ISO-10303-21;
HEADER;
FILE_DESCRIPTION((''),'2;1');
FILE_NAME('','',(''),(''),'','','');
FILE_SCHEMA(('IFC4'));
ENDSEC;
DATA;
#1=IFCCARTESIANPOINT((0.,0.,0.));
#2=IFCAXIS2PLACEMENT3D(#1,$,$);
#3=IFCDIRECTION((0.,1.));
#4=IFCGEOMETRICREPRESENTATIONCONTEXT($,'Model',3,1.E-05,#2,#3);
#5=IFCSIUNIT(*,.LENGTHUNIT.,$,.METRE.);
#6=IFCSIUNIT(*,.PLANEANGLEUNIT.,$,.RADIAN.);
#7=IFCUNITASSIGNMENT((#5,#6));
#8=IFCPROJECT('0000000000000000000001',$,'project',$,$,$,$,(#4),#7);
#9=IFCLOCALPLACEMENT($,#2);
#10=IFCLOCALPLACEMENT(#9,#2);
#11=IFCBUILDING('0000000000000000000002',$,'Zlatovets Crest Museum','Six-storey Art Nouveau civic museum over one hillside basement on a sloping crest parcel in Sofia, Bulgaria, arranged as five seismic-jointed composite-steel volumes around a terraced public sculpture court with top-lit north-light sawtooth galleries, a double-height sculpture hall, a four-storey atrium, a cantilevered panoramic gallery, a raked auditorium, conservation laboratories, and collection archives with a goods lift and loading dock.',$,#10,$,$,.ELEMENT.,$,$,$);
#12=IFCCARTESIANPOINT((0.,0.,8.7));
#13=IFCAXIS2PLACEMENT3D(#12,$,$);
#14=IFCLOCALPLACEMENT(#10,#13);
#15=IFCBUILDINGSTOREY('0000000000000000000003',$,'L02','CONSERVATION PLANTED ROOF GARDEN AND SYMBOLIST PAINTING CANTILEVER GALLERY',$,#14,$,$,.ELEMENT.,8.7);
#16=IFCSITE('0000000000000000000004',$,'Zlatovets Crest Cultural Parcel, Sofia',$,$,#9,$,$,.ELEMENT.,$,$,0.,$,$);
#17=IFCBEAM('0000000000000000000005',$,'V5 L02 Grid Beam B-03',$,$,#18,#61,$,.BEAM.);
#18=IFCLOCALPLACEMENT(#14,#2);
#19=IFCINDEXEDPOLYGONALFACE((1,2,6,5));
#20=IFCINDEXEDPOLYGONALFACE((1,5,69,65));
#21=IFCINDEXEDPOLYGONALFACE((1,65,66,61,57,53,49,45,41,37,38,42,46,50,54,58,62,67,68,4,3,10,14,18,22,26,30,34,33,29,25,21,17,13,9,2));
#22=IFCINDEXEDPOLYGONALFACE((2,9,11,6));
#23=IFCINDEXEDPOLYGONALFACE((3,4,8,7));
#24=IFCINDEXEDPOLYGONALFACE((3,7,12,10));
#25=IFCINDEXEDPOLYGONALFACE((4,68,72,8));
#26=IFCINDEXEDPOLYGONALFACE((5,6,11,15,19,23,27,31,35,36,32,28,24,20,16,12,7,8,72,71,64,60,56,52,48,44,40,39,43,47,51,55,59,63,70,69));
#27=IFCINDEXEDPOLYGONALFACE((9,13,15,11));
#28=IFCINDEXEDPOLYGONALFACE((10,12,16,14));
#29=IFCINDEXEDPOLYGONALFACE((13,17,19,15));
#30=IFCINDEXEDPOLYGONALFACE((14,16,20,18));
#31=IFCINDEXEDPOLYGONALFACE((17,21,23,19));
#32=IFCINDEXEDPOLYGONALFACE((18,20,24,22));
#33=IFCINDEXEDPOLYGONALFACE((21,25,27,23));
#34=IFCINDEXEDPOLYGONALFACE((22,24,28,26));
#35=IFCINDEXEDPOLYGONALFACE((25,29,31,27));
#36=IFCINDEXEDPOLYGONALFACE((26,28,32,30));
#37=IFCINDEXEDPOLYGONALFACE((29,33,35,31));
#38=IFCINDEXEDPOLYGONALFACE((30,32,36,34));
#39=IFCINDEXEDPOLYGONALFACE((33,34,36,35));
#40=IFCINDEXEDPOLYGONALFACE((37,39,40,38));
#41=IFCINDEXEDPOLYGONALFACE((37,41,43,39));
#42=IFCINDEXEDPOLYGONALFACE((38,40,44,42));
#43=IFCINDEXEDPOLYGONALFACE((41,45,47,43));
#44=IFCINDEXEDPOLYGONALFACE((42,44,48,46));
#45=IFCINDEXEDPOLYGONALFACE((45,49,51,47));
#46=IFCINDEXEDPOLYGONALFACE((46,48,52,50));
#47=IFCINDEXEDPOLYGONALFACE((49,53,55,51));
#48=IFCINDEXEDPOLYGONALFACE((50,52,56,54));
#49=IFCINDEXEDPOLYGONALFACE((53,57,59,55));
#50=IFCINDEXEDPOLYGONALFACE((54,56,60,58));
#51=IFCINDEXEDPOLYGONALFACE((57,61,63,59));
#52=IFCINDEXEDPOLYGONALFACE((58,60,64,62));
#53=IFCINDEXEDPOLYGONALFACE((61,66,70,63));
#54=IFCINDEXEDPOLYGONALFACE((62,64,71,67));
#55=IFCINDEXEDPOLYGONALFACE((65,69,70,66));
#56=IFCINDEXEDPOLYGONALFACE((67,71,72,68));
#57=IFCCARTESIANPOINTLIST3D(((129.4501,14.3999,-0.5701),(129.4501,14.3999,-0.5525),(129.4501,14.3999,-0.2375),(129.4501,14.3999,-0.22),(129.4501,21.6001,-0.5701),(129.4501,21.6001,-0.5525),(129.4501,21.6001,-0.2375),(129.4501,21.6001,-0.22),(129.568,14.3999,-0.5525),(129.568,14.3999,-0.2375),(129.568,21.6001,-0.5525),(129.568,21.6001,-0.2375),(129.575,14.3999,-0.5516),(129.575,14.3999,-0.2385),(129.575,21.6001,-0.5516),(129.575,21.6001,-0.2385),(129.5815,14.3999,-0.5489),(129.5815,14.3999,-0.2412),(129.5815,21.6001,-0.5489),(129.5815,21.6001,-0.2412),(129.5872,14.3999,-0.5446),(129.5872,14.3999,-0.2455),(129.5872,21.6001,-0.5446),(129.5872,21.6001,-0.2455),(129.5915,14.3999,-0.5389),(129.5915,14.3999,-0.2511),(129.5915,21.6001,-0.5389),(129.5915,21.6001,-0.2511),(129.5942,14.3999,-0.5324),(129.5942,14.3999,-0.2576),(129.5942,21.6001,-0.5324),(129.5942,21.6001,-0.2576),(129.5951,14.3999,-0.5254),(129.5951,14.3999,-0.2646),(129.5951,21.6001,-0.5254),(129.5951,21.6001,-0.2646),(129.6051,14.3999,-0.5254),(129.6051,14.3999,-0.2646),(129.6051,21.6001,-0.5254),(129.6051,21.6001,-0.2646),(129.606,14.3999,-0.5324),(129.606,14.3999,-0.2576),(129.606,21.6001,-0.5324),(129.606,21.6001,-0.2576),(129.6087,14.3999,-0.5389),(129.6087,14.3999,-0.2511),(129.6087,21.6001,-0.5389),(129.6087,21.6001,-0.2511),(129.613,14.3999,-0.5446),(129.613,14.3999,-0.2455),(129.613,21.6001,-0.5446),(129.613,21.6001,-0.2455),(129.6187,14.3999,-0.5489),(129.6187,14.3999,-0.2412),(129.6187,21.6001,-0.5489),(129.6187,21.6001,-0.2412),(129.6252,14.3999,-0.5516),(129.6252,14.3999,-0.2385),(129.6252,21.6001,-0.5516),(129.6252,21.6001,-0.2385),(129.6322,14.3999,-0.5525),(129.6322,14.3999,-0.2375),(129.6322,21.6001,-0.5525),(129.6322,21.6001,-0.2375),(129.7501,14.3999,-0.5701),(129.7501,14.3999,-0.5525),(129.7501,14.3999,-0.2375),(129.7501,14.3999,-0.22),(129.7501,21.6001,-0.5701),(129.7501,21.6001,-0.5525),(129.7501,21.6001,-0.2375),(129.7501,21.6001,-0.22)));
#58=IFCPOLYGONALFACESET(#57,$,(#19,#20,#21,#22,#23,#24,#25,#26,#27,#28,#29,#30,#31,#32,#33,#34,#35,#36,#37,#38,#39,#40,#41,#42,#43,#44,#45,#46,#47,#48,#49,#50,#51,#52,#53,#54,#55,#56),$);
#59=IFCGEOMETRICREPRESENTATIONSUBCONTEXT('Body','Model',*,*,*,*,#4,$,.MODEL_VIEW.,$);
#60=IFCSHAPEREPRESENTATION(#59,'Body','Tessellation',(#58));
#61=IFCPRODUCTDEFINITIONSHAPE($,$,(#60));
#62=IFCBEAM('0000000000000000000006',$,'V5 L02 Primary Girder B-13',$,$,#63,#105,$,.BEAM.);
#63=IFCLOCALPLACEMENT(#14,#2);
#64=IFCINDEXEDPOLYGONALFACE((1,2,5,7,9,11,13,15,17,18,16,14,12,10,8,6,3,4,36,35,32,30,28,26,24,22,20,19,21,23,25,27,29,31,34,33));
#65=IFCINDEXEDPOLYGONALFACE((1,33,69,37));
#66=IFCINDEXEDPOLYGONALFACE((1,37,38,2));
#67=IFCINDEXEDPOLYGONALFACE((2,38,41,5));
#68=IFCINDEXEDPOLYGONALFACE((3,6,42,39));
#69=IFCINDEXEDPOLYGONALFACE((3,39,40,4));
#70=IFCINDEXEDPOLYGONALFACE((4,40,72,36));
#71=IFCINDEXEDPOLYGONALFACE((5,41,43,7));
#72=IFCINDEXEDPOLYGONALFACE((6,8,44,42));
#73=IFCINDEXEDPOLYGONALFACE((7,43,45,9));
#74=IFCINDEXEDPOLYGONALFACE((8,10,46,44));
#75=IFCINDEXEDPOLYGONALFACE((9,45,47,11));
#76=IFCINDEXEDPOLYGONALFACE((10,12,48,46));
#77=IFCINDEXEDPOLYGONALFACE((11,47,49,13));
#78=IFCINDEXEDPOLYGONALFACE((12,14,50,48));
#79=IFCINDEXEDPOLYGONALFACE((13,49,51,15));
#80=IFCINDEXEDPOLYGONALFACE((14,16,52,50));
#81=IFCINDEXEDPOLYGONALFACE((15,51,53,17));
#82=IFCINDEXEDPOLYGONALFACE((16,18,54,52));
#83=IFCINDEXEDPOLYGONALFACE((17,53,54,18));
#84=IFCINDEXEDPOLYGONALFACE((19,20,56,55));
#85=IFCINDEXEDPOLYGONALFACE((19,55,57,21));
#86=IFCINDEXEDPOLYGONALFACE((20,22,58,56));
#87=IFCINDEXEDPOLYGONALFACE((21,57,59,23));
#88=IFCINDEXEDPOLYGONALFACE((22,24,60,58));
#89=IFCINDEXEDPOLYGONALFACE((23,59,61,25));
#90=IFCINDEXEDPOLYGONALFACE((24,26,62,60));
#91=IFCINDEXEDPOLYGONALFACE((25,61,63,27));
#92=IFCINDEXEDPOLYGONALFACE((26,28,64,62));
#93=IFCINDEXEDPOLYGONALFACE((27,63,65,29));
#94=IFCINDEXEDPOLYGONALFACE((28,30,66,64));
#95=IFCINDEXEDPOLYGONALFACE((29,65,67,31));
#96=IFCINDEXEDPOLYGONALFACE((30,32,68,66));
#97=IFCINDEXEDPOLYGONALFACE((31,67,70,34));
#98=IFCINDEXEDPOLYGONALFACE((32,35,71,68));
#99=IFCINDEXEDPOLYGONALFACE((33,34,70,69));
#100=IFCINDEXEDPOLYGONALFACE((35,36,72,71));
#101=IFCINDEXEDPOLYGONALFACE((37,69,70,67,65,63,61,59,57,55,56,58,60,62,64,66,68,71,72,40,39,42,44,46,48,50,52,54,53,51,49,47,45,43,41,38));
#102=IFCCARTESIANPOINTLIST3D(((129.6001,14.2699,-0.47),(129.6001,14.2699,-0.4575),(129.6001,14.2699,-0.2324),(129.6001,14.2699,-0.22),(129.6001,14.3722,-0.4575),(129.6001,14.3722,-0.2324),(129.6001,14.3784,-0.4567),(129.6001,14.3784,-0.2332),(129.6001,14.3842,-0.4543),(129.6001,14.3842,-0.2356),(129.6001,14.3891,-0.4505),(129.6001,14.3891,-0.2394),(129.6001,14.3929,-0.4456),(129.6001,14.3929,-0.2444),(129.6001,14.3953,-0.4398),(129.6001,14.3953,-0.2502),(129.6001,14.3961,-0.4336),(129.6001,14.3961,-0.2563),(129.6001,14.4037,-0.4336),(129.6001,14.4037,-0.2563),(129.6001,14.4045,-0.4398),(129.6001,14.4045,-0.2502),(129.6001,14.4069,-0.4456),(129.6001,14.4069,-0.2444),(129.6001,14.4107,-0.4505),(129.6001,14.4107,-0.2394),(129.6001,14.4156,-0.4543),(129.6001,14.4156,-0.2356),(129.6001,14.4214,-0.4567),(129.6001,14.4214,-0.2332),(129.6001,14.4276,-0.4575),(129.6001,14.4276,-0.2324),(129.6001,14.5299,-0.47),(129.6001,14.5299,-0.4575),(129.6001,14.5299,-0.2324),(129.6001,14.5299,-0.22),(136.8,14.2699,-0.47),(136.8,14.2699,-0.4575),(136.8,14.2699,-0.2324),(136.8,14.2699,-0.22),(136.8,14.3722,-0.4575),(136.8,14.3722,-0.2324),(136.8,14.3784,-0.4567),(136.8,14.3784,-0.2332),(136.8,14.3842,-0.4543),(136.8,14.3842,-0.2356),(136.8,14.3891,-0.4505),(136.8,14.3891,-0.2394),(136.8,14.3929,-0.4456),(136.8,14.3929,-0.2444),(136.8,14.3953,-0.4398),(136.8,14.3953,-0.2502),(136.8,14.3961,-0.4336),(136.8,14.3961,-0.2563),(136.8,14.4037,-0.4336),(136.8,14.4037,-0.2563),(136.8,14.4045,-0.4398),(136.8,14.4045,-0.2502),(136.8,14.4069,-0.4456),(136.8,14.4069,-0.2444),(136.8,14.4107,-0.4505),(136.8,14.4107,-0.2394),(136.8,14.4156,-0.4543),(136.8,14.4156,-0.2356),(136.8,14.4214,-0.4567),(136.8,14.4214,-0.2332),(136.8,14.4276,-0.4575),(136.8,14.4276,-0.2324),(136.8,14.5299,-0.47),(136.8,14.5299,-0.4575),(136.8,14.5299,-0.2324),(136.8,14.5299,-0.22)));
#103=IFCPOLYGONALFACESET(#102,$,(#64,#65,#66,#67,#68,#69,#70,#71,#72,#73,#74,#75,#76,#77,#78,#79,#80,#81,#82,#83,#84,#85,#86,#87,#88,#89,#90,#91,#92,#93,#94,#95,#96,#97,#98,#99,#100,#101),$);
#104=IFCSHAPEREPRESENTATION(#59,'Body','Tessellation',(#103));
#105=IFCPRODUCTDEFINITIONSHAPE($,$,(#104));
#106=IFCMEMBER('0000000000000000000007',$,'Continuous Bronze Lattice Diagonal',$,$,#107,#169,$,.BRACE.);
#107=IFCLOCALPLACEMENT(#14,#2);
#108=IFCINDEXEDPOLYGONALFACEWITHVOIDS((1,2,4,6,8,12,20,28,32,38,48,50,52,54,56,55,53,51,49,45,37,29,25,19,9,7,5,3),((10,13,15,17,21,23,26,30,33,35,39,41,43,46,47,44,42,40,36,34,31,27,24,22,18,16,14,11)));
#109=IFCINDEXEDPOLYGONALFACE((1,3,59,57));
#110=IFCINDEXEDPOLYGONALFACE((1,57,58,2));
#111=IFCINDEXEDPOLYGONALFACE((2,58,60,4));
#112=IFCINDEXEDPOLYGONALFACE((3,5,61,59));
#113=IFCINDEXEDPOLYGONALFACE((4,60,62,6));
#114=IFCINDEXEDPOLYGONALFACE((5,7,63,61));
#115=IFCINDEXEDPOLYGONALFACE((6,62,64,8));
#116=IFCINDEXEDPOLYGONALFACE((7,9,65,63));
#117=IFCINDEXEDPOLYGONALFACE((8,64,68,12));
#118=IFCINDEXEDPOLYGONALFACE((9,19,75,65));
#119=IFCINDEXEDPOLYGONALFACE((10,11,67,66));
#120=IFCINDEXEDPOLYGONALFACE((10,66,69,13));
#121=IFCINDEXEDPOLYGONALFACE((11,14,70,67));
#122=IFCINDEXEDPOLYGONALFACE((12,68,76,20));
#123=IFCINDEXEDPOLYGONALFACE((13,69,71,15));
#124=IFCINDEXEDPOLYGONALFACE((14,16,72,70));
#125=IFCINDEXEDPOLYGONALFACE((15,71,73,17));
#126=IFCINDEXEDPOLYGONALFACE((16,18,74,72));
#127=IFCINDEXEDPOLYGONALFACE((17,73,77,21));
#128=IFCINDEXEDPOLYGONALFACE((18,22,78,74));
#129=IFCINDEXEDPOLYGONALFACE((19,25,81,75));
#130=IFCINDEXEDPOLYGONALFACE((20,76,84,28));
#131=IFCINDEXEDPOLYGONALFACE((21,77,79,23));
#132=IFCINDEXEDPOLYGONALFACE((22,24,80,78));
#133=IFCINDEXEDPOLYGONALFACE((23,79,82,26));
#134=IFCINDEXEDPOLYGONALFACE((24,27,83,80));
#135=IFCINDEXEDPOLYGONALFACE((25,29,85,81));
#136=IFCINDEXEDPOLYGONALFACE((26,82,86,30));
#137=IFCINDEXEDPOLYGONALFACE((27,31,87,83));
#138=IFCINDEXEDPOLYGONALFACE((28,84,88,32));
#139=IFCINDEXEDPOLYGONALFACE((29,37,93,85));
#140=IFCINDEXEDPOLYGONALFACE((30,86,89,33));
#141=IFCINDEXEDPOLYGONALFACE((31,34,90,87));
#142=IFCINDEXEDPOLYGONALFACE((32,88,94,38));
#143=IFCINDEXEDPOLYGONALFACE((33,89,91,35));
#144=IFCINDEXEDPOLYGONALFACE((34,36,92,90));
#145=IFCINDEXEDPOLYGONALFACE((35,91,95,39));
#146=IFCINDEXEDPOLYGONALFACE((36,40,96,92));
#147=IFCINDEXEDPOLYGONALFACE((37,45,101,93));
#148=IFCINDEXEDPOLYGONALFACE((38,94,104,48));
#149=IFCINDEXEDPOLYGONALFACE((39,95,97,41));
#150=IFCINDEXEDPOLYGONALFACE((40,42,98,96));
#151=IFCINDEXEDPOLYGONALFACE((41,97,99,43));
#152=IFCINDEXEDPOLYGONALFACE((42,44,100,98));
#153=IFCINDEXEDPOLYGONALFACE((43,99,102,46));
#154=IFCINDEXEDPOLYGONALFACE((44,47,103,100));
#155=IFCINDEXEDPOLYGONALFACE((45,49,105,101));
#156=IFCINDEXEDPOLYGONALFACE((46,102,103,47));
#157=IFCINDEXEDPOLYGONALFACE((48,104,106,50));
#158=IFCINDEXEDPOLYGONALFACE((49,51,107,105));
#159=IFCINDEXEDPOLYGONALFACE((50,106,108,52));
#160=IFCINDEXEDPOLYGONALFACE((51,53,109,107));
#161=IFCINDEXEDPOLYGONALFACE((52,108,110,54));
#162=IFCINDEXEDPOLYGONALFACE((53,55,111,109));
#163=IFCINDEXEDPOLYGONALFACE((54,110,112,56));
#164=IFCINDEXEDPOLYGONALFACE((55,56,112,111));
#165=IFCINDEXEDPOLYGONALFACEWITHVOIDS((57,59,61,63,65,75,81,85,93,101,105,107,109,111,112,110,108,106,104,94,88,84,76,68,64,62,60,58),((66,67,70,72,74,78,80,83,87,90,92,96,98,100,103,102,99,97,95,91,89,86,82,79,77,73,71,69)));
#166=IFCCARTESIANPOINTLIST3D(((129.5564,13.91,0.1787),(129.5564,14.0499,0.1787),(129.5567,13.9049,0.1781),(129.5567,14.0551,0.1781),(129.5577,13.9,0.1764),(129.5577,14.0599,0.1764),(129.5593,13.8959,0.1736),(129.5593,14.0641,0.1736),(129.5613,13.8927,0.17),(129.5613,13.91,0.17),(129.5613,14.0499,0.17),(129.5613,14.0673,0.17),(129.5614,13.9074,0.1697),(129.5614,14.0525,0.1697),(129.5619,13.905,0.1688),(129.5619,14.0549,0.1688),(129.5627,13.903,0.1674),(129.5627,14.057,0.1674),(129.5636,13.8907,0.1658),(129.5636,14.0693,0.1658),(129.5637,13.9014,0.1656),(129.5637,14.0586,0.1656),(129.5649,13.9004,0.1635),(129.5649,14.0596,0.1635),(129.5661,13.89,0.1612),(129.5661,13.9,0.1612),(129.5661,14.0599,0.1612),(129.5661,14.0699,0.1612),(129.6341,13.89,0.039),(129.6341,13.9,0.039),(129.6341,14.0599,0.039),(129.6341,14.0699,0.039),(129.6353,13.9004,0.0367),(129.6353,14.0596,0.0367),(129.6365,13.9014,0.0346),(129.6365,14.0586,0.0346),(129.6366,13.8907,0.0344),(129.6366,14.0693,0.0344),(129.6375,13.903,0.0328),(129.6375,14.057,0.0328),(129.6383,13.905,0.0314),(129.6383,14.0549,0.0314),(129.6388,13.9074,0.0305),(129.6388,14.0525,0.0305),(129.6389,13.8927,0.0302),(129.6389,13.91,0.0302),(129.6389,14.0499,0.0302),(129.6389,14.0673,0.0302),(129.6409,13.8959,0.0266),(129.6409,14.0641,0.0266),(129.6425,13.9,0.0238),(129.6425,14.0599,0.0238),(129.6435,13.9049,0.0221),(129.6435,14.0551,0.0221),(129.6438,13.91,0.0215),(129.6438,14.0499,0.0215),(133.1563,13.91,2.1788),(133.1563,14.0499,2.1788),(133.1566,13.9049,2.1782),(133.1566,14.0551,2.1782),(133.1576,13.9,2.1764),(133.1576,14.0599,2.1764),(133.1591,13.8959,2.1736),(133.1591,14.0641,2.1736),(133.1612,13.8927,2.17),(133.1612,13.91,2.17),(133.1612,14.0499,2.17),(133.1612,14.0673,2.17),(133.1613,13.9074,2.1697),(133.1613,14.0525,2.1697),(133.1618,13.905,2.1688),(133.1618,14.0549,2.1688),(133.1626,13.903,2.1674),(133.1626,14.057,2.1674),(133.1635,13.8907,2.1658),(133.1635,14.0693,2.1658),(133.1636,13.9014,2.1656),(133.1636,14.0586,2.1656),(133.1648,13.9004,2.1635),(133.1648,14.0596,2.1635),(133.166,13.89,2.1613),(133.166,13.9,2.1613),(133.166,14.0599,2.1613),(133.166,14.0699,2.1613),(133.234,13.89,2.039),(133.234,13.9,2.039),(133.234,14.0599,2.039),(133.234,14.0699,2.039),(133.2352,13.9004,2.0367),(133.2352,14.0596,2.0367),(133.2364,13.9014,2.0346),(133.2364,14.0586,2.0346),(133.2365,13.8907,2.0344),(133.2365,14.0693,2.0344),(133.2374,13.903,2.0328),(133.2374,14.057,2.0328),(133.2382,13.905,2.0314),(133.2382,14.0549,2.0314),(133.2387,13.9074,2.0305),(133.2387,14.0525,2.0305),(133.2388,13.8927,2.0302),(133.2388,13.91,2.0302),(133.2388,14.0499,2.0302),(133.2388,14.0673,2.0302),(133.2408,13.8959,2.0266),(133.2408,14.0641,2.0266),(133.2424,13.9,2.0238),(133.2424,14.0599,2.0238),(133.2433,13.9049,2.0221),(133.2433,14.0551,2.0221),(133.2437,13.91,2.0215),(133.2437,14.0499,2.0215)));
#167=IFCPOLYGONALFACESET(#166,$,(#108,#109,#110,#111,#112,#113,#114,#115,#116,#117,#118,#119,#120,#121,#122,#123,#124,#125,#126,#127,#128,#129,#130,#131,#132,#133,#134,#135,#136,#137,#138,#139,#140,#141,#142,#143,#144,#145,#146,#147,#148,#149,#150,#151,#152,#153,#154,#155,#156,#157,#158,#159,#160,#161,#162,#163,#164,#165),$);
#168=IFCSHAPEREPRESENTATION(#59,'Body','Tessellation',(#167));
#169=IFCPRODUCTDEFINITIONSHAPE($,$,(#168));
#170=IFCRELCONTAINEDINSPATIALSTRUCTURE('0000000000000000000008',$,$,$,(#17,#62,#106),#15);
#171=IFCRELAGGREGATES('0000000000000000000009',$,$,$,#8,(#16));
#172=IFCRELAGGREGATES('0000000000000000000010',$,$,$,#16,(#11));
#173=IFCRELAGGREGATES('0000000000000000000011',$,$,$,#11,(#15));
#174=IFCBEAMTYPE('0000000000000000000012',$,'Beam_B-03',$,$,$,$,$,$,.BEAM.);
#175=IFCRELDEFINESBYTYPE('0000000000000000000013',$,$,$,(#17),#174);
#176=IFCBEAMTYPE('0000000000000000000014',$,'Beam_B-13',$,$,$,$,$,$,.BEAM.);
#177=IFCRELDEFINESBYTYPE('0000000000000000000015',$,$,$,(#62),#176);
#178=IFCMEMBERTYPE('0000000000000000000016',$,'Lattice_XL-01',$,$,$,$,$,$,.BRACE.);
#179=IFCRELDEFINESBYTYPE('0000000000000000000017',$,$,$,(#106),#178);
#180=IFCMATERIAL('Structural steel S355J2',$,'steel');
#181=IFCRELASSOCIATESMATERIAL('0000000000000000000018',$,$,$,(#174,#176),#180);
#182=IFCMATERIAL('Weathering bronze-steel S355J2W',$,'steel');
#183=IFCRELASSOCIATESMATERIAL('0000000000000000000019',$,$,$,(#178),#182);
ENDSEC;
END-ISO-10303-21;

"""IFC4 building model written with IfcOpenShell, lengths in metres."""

from ifc_helpers import new_model, si_unit, direction, frame, origin, origin_2d, place, context, subcontext, project, spatial, hollow_rectangle, i_section, extrude, material, material_profile, profile_set, type_object, element, save


model = new_model("IFC4")

# Units and contexts
model_context = context("Model", 3, precision=1e-05, world=origin(), true_north=direction((0.0, 1.0)))
body_context = subcontext(model_context, "Body", "Model", "MODEL_VIEW")
ifc_project = project(units=[si_unit("LENGTHUNIT", "METRE"), si_unit("PLANEANGLEUNIT", "RADIAN")], contexts=[model_context])

# Site, building, storey
site_placement = place(None, origin())
site = spatial("IfcSite", under=ifc_project, at=site_placement, Name="Zlatovets Crest Cultural Parcel, Sofia", CompositionType="ELEMENT", RefElevation=0.0)
building_placement = place(site_placement, origin())
building = spatial("IfcBuilding", under=site, at=building_placement, Name="Zlatovets Crest Museum", Description="Six-storey Art Nouveau civic museum over one hillside basement on a sloping crest parcel in Sofia, Bulgaria, arranged as five seismic-jointed composite-steel volumes around a terraced public sculpture court with top-lit north-light sawtooth galleries, a double-height sculpture hall, a four-storey atrium, a cantilevered panoramic gallery, a raked auditorium, conservation laboratories, and collection archives with a goods lift and loading dock.", CompositionType="ELEMENT")
storey_placement = place(building_placement, frame((0.0, 0.0, 8.7)))
storey = spatial("IfcBuildingStorey", under=building, at=storey_placement, Name="L02", Description="CONSERVATION PLANTED ROOF GARDEN AND SYMBOLIST PAINTING CANTILEVER GALLERY", CompositionType="ELEMENT", Elevation=8.7)

# Beams
ifc_material_1 = material(Name="Structural steel S355J2", Category="steel")
ifc_material_profile_1 = material_profile(ifc_material_1, i_section(OverallWidth=0.3, OverallDepth=0.3501, WebThickness=0.01, FlangeThickness=0.0176, FilletRadius=0.0271, at=origin_2d()), Name="HEA 360")
ifc_profile_set_1 = profile_set([ifc_material_profile_1], Name="Structural steel S355J2")
beam_type_1 = type_object("IfcBeamType", Name="Beam_B-03", PredefinedType="BEAM", material=ifc_profile_set_1)
beam_1_placement = place(storey_placement, frame((129.6001, 14.3999, -0.395), z_axis=(0.0, 1.0, 0.0), x_axis=(-1.0, 0.0, 0.0)))
element("IfcBeam", 1, at=beam_1_placement, inside=storey, type_object=beam_type_1, Name="V5 L02 Grid Beam B-03", PredefinedType="BEAM", context=body_context, shape_type="SweptSolid", body=[
    extrude(i_section(OverallWidth=0.3, OverallDepth=0.3501, WebThickness=0.01, FlangeThickness=0.0176, FilletRadius=0.0271, at=origin_2d()), origin(), (0.0, 0.0, 1.0), 7.2002),
])
ifc_material_profile_2 = material_profile(ifc_material_1, i_section(OverallWidth=0.26, OverallDepth=0.25, WebThickness=0.0076, FlangeThickness=0.0125, FilletRadius=0.0239, at=origin_2d()), Name="HEA 260")
ifc_profile_set_2 = profile_set([ifc_material_profile_2], Name="Structural steel S355J2")
beam_type_2 = type_object("IfcBeamType", Name="Beam_B-13", PredefinedType="BEAM", material=ifc_profile_set_2)
beam_2_placement = place(storey_placement, frame((129.6001, 14.3999, -0.345), z_axis=(1.0, 0.0, 0.0), x_axis=(0.0, 1.0, 0.0)))
element("IfcBeam", 2, at=beam_2_placement, inside=storey, type_object=beam_type_2, Name="V5 L02 Primary Girder B-13", PredefinedType="BEAM", context=body_context, shape_type="SweptSolid", body=[
    extrude(i_section(OverallWidth=0.26, OverallDepth=0.25, WebThickness=0.0076, FlangeThickness=0.0125, FilletRadius=0.0239, at=origin_2d()), origin(), (0.0, 0.0, 1.0), 7.2),
])

# Member
ifc_material_2 = material(Name="Weathering bronze-steel S355J2W", Category="steel")
ifc_material_profile_3 = material_profile(ifc_material_2, hollow_rectangle(XDim=0.1799, YDim=0.1799, WallThickness=0.01, InnerFilletRadius=0.01, OuterFilletRadius=0.02, at=origin_2d()), Name="SHS 180x180x10.0")
ifc_profile_set_3 = profile_set([ifc_material_profile_3], Name="Weathering bronze-steel S355J2W")
member_type_1 = type_object("IfcMemberType", Name="Lattice_XL-01", PredefinedType="BRACE", material=ifc_profile_set_3)
member_1_placement = place(storey_placement, frame((129.6001, 13.98, 0.1001), z_axis=(0.874149, 0.0, 0.485658), x_axis=(0.0, 1.0, 0.0)))
element("IfcMember", 3, at=member_1_placement, inside=storey, type_object=member_type_1, Name="Continuous Bronze Lattice Diagonal", PredefinedType="BRACE", context=body_context, shape_type="SweptSolid", body=[
    extrude(hollow_rectangle(XDim=0.1799, YDim=0.1799, WallThickness=0.01, InnerFilletRadius=0.01, OuterFilletRadius=0.02, at=origin_2d()), origin(), (0.0, 0.0, 1.0), 4.1182),
])

save(model, "model.ifc")
